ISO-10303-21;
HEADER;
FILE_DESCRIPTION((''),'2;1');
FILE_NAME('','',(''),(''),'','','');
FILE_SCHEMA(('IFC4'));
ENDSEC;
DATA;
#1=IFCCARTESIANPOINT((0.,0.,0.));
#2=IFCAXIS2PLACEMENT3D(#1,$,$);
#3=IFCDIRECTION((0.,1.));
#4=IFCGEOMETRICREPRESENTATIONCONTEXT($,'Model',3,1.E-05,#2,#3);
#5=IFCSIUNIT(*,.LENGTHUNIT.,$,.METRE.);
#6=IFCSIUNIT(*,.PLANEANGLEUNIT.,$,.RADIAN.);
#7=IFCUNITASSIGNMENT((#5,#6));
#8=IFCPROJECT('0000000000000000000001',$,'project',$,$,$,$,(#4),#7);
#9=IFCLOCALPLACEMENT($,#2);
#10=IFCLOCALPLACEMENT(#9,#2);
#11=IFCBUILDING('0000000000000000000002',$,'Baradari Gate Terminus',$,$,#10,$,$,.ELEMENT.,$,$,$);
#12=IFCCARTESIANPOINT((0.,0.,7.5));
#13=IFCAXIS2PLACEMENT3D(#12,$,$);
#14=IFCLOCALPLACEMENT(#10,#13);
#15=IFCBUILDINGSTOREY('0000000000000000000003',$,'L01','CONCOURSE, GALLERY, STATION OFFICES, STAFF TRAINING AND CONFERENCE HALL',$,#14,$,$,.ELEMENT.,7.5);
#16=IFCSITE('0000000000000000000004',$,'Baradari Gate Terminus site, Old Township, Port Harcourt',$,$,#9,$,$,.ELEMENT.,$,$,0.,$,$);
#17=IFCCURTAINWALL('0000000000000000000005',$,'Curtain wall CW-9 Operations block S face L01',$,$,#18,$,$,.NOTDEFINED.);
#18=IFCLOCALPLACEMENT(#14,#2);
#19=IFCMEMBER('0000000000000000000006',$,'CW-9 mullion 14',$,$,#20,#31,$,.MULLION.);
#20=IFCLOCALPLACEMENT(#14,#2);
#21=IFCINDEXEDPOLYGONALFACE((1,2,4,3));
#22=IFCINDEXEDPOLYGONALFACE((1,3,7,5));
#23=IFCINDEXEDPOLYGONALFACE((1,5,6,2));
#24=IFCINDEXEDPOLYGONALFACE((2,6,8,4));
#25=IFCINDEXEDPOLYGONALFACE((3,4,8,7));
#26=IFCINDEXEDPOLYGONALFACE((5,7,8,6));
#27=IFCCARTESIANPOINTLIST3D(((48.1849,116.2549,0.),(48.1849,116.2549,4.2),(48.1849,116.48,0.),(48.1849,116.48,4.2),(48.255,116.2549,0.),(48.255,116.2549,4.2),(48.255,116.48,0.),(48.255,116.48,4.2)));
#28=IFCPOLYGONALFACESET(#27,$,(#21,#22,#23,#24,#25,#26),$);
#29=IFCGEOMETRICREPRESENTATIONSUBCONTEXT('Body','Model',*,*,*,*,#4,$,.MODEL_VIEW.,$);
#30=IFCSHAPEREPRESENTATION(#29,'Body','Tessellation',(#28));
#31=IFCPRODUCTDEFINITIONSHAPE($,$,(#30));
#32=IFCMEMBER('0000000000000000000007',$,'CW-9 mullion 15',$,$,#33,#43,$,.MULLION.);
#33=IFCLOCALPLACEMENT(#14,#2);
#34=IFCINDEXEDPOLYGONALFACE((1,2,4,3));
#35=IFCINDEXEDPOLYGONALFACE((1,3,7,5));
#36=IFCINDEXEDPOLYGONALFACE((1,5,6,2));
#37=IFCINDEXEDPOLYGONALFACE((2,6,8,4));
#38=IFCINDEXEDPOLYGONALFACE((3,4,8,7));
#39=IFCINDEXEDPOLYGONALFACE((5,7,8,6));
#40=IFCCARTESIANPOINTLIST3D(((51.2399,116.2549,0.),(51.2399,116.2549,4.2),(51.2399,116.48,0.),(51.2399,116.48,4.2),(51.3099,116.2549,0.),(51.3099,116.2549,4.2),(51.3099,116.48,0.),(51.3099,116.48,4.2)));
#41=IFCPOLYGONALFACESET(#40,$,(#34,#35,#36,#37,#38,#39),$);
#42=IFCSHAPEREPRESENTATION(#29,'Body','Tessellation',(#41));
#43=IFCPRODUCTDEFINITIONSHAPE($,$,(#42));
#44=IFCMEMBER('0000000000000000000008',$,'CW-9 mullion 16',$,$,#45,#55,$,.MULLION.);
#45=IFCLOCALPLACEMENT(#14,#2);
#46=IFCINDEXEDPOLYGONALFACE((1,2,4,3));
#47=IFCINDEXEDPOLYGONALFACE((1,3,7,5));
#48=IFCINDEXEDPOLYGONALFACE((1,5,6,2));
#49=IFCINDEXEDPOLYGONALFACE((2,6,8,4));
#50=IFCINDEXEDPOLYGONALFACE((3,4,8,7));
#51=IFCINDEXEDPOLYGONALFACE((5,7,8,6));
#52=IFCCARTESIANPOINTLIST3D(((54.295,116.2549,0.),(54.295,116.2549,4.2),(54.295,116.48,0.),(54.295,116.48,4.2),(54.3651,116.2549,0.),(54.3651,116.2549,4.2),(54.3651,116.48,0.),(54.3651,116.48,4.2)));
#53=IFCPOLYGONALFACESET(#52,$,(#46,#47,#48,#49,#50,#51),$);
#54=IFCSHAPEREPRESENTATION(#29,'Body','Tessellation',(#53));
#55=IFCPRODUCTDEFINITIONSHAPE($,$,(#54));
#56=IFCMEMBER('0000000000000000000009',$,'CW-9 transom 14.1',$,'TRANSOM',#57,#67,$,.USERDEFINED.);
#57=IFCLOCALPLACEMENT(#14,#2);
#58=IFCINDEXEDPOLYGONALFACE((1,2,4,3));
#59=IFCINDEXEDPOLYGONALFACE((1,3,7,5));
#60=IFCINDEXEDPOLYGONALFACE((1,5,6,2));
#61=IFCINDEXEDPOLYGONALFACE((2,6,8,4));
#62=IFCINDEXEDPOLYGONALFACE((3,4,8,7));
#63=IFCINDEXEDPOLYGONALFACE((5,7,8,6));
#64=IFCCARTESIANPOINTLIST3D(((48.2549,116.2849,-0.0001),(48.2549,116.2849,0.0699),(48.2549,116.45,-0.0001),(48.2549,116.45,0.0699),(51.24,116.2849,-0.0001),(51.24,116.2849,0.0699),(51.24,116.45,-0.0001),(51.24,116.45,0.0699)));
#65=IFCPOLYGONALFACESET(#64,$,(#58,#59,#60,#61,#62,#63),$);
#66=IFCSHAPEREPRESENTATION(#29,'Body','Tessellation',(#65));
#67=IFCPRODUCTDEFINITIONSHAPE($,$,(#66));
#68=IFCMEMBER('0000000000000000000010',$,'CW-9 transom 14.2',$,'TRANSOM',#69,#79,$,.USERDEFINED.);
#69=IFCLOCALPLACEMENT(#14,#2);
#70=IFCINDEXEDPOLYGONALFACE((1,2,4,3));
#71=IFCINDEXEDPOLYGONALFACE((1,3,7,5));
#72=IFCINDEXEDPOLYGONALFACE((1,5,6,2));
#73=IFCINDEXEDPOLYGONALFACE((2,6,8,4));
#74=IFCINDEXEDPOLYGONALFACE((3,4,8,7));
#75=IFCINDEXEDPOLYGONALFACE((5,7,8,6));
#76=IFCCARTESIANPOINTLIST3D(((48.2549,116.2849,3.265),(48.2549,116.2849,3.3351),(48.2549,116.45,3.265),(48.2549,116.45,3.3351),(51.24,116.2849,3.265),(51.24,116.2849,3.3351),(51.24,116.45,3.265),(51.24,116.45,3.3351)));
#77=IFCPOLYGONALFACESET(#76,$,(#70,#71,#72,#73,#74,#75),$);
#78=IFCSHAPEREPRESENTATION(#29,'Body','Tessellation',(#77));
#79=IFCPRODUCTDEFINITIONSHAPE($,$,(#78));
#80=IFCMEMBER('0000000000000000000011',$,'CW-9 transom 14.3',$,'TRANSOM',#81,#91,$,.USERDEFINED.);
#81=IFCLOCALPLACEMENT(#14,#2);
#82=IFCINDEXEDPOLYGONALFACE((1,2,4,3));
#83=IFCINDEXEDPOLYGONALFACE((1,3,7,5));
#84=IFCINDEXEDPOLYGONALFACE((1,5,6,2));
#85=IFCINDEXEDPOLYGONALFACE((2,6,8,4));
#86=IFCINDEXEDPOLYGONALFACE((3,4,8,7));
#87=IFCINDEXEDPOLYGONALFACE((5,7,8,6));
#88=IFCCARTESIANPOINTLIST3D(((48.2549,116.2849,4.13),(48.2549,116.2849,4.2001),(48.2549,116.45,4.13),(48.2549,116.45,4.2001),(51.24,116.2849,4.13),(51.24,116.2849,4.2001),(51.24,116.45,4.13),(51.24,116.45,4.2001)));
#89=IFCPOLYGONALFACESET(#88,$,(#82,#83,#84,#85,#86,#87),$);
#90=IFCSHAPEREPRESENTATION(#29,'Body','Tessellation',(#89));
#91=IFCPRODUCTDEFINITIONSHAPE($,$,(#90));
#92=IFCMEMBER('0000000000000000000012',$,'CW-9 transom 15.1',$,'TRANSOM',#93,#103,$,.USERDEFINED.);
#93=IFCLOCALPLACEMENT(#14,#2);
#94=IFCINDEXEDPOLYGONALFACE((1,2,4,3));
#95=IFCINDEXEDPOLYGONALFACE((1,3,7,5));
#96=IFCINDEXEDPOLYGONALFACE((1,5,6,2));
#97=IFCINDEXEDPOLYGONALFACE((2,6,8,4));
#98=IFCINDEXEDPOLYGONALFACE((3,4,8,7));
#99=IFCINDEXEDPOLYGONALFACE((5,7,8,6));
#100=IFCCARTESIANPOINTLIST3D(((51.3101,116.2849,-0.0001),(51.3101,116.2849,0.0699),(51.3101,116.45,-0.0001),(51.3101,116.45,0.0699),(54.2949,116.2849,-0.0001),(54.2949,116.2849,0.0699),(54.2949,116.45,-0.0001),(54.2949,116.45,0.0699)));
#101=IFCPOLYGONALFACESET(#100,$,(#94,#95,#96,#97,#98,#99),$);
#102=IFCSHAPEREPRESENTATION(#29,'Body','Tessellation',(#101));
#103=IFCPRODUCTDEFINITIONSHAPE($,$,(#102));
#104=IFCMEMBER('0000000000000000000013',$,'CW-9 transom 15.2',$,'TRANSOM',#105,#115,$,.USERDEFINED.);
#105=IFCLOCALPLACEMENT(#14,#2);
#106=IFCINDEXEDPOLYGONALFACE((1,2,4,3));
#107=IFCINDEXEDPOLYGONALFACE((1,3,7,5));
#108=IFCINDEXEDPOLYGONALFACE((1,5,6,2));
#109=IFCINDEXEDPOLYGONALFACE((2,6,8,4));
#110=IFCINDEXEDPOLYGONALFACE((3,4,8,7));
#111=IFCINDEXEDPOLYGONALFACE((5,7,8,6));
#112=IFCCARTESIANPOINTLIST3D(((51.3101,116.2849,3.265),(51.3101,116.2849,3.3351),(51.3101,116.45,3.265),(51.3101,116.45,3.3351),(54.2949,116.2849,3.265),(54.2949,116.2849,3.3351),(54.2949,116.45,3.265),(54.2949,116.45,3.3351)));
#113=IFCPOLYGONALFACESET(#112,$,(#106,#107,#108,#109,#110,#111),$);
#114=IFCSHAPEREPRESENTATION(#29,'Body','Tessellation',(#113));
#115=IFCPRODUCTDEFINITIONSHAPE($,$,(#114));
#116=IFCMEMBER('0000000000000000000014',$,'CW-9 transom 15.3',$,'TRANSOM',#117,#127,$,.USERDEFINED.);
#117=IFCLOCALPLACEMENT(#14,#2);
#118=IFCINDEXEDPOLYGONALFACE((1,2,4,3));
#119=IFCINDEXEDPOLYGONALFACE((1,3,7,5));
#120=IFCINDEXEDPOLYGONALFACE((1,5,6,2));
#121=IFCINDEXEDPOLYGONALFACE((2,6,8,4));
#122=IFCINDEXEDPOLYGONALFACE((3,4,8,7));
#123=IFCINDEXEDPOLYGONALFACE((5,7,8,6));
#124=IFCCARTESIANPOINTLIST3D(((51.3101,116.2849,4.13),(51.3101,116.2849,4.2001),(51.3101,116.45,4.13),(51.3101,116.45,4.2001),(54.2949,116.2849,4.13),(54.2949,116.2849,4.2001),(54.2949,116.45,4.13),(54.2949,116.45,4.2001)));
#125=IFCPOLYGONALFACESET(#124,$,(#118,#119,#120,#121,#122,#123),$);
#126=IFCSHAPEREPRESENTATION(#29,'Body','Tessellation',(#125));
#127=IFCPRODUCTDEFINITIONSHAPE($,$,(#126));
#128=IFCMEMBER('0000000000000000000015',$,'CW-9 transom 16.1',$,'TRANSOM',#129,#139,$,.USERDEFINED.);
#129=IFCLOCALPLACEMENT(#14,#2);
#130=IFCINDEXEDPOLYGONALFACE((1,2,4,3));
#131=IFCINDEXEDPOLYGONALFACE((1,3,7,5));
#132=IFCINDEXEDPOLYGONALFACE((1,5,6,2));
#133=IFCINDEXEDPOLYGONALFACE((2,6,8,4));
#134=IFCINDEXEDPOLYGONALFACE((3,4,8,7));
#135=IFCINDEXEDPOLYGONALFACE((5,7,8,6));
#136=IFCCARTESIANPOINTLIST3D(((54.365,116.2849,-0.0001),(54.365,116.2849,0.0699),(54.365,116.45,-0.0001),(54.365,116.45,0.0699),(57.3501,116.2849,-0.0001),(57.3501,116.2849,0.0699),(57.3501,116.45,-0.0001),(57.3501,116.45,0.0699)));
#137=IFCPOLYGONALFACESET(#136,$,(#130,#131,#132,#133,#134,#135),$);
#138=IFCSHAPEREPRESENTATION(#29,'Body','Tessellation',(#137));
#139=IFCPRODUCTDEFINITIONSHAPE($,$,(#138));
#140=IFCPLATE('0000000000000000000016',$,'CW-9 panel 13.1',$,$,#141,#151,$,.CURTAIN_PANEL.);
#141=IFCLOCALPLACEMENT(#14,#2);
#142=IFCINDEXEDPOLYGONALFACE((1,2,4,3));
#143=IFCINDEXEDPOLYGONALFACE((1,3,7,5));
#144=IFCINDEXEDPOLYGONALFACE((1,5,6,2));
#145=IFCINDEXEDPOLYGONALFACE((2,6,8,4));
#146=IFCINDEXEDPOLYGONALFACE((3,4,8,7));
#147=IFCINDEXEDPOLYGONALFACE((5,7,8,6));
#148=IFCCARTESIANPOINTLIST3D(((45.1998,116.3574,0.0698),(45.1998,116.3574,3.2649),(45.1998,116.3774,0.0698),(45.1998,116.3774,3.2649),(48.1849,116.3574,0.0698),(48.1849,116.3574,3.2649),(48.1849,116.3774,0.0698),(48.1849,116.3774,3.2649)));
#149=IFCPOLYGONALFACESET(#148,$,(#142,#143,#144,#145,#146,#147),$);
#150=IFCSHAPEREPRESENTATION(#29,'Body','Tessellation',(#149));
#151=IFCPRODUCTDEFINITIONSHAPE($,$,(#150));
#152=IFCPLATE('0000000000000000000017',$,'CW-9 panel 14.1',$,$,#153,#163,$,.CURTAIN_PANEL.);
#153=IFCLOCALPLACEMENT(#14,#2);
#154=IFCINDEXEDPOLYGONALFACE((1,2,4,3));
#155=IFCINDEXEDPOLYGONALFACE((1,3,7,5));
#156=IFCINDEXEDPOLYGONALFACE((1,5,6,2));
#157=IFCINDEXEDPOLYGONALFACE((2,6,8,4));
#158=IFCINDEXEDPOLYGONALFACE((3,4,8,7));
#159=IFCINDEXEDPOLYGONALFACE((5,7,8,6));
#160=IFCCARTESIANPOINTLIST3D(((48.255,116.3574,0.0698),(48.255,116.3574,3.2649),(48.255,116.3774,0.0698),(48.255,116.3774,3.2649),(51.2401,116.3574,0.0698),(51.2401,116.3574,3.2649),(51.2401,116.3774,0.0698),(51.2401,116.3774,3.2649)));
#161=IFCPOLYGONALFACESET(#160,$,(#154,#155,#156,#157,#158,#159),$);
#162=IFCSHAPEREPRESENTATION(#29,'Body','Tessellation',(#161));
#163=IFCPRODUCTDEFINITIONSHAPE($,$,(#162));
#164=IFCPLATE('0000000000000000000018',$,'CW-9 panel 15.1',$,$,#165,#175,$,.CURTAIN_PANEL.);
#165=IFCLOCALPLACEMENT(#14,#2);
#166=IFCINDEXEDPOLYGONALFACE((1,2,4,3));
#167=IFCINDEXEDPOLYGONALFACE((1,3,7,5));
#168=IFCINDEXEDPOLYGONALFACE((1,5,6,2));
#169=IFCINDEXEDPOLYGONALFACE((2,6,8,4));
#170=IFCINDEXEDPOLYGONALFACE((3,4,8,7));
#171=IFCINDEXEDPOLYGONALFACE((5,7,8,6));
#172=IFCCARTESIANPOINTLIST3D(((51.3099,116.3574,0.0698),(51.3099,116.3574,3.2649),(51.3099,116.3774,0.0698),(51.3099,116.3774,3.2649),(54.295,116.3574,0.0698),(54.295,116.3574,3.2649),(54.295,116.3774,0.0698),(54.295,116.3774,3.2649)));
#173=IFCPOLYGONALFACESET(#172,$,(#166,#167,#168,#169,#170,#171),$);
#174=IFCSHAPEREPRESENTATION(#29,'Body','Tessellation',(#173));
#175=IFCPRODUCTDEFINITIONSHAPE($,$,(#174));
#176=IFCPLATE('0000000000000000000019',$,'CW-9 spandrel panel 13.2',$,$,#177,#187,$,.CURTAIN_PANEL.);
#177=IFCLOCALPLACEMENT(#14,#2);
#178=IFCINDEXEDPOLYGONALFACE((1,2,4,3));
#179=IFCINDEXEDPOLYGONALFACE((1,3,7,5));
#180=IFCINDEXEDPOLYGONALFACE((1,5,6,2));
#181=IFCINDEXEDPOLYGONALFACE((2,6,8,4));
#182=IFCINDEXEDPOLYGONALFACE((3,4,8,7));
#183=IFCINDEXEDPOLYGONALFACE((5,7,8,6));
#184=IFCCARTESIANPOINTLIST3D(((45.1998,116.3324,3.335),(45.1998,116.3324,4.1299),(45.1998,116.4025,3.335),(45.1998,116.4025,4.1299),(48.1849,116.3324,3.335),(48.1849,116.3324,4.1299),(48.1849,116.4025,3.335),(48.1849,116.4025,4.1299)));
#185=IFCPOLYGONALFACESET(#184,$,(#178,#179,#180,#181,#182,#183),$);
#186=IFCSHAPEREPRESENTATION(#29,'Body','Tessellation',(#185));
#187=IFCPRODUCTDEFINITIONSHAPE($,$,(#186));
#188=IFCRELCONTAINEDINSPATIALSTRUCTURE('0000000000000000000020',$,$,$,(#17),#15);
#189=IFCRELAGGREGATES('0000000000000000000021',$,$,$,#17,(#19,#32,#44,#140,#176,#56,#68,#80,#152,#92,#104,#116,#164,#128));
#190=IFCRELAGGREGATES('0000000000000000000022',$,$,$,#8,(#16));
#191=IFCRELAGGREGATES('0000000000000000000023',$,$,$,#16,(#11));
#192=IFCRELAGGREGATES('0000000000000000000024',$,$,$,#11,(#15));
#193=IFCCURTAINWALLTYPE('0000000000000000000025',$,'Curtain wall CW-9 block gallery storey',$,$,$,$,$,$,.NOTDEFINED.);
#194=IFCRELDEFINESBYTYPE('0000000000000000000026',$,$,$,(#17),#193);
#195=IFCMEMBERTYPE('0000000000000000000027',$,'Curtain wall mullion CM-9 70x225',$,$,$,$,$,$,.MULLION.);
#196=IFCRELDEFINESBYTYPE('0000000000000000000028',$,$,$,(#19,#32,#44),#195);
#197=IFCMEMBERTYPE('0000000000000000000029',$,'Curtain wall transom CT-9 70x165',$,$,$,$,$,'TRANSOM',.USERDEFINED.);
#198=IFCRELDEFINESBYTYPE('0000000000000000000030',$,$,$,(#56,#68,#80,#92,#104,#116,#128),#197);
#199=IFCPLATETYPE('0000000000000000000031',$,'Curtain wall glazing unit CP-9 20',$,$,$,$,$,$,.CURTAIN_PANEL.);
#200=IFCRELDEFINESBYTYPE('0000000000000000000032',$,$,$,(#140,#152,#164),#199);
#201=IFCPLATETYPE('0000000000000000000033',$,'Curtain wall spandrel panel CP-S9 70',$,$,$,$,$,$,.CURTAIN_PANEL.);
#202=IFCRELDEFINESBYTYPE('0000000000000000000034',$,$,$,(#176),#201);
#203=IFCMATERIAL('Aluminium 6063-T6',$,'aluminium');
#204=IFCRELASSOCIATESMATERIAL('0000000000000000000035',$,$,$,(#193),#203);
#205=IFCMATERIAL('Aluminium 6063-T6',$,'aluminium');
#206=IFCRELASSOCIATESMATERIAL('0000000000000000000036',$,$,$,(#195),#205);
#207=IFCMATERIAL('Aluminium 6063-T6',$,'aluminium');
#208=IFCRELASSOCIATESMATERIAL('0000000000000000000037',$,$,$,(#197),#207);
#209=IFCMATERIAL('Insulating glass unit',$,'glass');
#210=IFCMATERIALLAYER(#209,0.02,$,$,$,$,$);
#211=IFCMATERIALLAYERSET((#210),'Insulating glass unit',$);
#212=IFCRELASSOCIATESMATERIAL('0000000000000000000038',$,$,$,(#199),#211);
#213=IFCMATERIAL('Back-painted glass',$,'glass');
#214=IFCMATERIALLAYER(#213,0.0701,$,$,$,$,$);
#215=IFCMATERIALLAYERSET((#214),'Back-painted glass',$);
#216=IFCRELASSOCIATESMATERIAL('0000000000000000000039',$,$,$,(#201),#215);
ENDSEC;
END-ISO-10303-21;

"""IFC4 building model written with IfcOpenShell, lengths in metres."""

from ifc_helpers import new_model, si_unit, direction, frame, origin, origin_2d, place, context, subcontext, project, spatial, rectangle, extrude, material, layer, layer_set, material_profile, profile_set, type_object, element, aggregate, save


model = new_model("IFC4")

# Units and contexts
model_context = context("Model", 3, precision=1e-05, world=origin(), true_north=direction((0.0, 1.0)))
body_context = subcontext(model_context, "Body", "Model", "MODEL_VIEW")
ifc_project = project(units=[si_unit("LENGTHUNIT", "METRE"), si_unit("PLANEANGLEUNIT", "RADIAN")], contexts=[model_context])

# Site, building, storey
site_placement = place(None, origin())
site = spatial("IfcSite", under=ifc_project, at=site_placement, Name="Baradari Gate Terminus site, Old Township, Port Harcourt", CompositionType="ELEMENT", RefElevation=0.0)
building_placement = place(site_placement, origin())
building = spatial("IfcBuilding", under=site, at=building_placement, Name="Baradari Gate Terminus", CompositionType="ELEMENT")
storey_placement = place(building_placement, frame((0.0, 0.0, 7.5)))
storey = spatial("IfcBuildingStorey", under=building, at=storey_placement, Name="L01", Description="CONCOURSE, GALLERY, STATION OFFICES, STAFF TRAINING AND CONFERENCE HALL", CompositionType="ELEMENT", Elevation=7.5)

# Curtain wall, members, plates
ifc_material_1 = material(Name="Aluminium 6063-T6", Category="aluminium")
curtain_wall_type = type_object("IfcCurtainWallType", Name="Curtain wall CW-9 block gallery storey", PredefinedType="NOTDEFINED", material=ifc_material_1)
curtain_wall_placement = place(storey_placement, origin())
curtain_wall = element("IfcCurtainWall", 1, at=curtain_wall_placement, inside=storey, type_object=curtain_wall_type, Name="Curtain wall CW-9 Operations block S face L01", PredefinedType="NOTDEFINED")
ifc_material_2 = material(Name="Aluminium 6063-T6", Category="aluminium")
ifc_material_profile_1 = material_profile(ifc_material_2, rectangle(XDim=0.2251, YDim=0.0701, at=origin_2d()), Name="CM-9 70X225")
ifc_profile_set_1 = profile_set([ifc_material_profile_1], Name="Aluminium 6063-T6")
member_type_1 = type_object("IfcMemberType", Name="Curtain wall mullion CM-9 70x225", PredefinedType="MULLION", material=ifc_profile_set_1)
member_1_placement = place(storey_placement, frame((48.22, 116.3674, 0.0), z_axis=(0.0, 0.0, 1.0), x_axis=(0.0, 1.0, 0.0)))
member_1 = element("IfcMember", 2, at=member_1_placement, type_object=member_type_1, Name="CW-9 mullion 14", PredefinedType="MULLION", context=body_context, shape_type="SweptSolid", body=[
    extrude(rectangle(XDim=0.2251, YDim=0.0701, at=origin_2d()), origin(), (0.0, 0.0, 1.0), 4.2),
])
member_2_placement = place(storey_placement, frame((51.2749, 116.3674, 0.0), z_axis=(0.0, 0.0, 1.0), x_axis=(0.0, 1.0, 0.0)))
member_2 = element("IfcMember", 3, at=member_2_placement, type_object=member_type_1, Name="CW-9 mullion 15", PredefinedType="MULLION", context=body_context, shape_type="SweptSolid", body=[
    extrude(rectangle(XDim=0.2251, YDim=0.0701, at=origin_2d()), origin(), (0.0, 0.0, 1.0), 4.2),
])
member_3_placement = place(storey_placement, frame((54.3301, 116.3674, 0.0), z_axis=(0.0, 0.0, 1.0), x_axis=(0.0, 1.0, 0.0)))
member_3 = element("IfcMember", 4, at=member_3_placement, type_object=member_type_1, Name="CW-9 mullion 16", PredefinedType="MULLION", context=body_context, shape_type="SweptSolid", body=[
    extrude(rectangle(XDim=0.2251, YDim=0.0701, at=origin_2d()), origin(), (0.0, 0.0, 1.0), 4.2),
])
ifc_material_3 = material(Name="Aluminium 6063-T6", Category="aluminium")
ifc_material_profile_2 = material_profile(ifc_material_3, rectangle(XDim=0.165, YDim=0.0701, at=origin_2d()), Name="CT-9 70X165")
ifc_profile_set_2 = profile_set([ifc_material_profile_2], Name="Aluminium 6063-T6")
member_type_2 = type_object("IfcMemberType", Name="Curtain wall transom CT-9 70x165", ElementType="TRANSOM", PredefinedType="USERDEFINED", material=ifc_profile_set_2)
member_4_placement = place(storey_placement, frame((48.2549, 116.3674, 0.0349), z_axis=(1.0, 0.0, 0.0), x_axis=(0.0, 1.0, 0.0)))
member_4 = element("IfcMember", 5, at=member_4_placement, type_object=member_type_2, Name="CW-9 transom 14.1", ObjectType="TRANSOM", PredefinedType="USERDEFINED", context=body_context, shape_type="SweptSolid", body=[
    extrude(rectangle(XDim=0.165, YDim=0.0701, at=origin_2d()), origin(), (0.0, 0.0, 1.0), 2.9851),
])
member_5_placement = place(storey_placement, frame((48.2549, 116.3674, 3.3), z_axis=(1.0, 0.0, 0.0), x_axis=(0.0, 1.0, 0.0)))
member_5 = element("IfcMember", 6, at=member_5_placement, type_object=member_type_2, Name="CW-9 transom 14.2", ObjectType="TRANSOM", PredefinedType="USERDEFINED", context=body_context, shape_type="SweptSolid", body=[
    extrude(rectangle(XDim=0.165, YDim=0.0701, at=origin_2d()), origin(), (0.0, 0.0, 1.0), 2.9851),
])
member_6_placement = place(storey_placement, frame((48.2549, 116.3674, 4.165), z_axis=(1.0, 0.0, 0.0), x_axis=(0.0, 1.0, 0.0)))
member_6 = element("IfcMember", 7, at=member_6_placement, type_object=member_type_2, Name="CW-9 transom 14.3", ObjectType="TRANSOM", PredefinedType="USERDEFINED", context=body_context, shape_type="SweptSolid", body=[
    extrude(rectangle(XDim=0.165, YDim=0.0701, at=origin_2d()), origin(), (0.0, 0.0, 1.0), 2.9851),
])
member_7_placement = place(storey_placement, frame((51.3101, 116.3674, 0.0349), z_axis=(1.0, 0.0, 0.0), x_axis=(0.0, 1.0, 0.0)))
member_7 = element("IfcMember", 8, at=member_7_placement, type_object=member_type_2, Name="CW-9 transom 15.1", ObjectType="TRANSOM", PredefinedType="USERDEFINED", context=body_context, shape_type="SweptSolid", body=[
    extrude(rectangle(XDim=0.165, YDim=0.0701, at=origin_2d()), origin(), (0.0, 0.0, 1.0), 2.9849),
])
member_8_placement = place(storey_placement, frame((51.3101, 116.3674, 3.3), z_axis=(1.0, 0.0, 0.0), x_axis=(0.0, 1.0, 0.0)))
member_8 = element("IfcMember", 9, at=member_8_placement, type_object=member_type_2, Name="CW-9 transom 15.2", ObjectType="TRANSOM", PredefinedType="USERDEFINED", context=body_context, shape_type="SweptSolid", body=[
    extrude(rectangle(XDim=0.165, YDim=0.0701, at=origin_2d()), origin(), (0.0, 0.0, 1.0), 2.9849),
])
member_9_placement = place(storey_placement, frame((51.3101, 116.3674, 4.165), z_axis=(1.0, 0.0, 0.0), x_axis=(0.0, 1.0, 0.0)))
member_9 = element("IfcMember", 10, at=member_9_placement, type_object=member_type_2, Name="CW-9 transom 15.3", ObjectType="TRANSOM", PredefinedType="USERDEFINED", context=body_context, shape_type="SweptSolid", body=[
    extrude(rectangle(XDim=0.165, YDim=0.0701, at=origin_2d()), origin(), (0.0, 0.0, 1.0), 2.9849),
])
member_10_placement = place(storey_placement, frame((54.365, 116.3674, 0.0349), z_axis=(1.0, 0.0, 0.0), x_axis=(0.0, 1.0, 0.0)))
member_10 = element("IfcMember", 11, at=member_10_placement, type_object=member_type_2, Name="CW-9 transom 16.1", ObjectType="TRANSOM", PredefinedType="USERDEFINED", context=body_context, shape_type="SweptSolid", body=[
    extrude(rectangle(XDim=0.165, YDim=0.0701, at=origin_2d()), origin(), (0.0, 0.0, 1.0), 2.9851),
])
ifc_material_4 = material(Name="Insulating glass unit", Category="glass")
ifc_layer_1 = layer(ifc_material_4, 0.02)
ifc_layer_set_1 = layer_set([ifc_layer_1], Name="Insulating glass unit")
plate_type_1 = type_object("IfcPlateType", Name="Curtain wall glazing unit CP-9 20", PredefinedType="CURTAIN_PANEL", material=ifc_layer_set_1)
plate_1_placement = place(storey_placement, frame((46.6924, 116.3674, 0.0698), z_axis=(0.0, 0.0, 1.0), x_axis=(1.0, 0.0, 0.0)))
plate_1 = element("IfcPlate", 12, at=plate_1_placement, type_object=plate_type_1, Name="CW-9 panel 13.1", PredefinedType="CURTAIN_PANEL", context=body_context, shape_type="SweptSolid", body=[
    extrude(rectangle(XDim=2.9851, YDim=0.02, at=origin_2d()), origin(), (0.0, 0.0, 1.0), 3.1951),
])
plate_2_placement = place(storey_placement, frame((49.7476, 116.3674, 0.0698), z_axis=(0.0, 0.0, 1.0), x_axis=(1.0, 0.0, 0.0)))
plate_2 = element("IfcPlate", 13, at=plate_2_placement, type_object=plate_type_1, Name="CW-9 panel 14.1", PredefinedType="CURTAIN_PANEL", context=body_context, shape_type="SweptSolid", body=[
    extrude(rectangle(XDim=2.9851, YDim=0.02, at=origin_2d()), origin(), (0.0, 0.0, 1.0), 3.1951),
])
plate_3_placement = place(storey_placement, frame((52.8025, 116.3674, 0.0698), z_axis=(0.0, 0.0, 1.0), x_axis=(1.0, 0.0, 0.0)))
plate_3 = element("IfcPlate", 14, at=plate_3_placement, type_object=plate_type_1, Name="CW-9 panel 15.1", PredefinedType="CURTAIN_PANEL", context=body_context, shape_type="SweptSolid", body=[
    extrude(rectangle(XDim=2.9851, YDim=0.02, at=origin_2d()), origin(), (0.0, 0.0, 1.0), 3.1951),
])
ifc_material_5 = material(Name="Back-painted glass", Category="glass")
ifc_layer_2 = layer(ifc_material_5, 0.0701)
ifc_layer_set_2 = layer_set([ifc_layer_2], Name="Back-painted glass")
plate_type_2 = type_object("IfcPlateType", Name="Curtain wall spandrel panel CP-S9 70", PredefinedType="CURTAIN_PANEL", material=ifc_layer_set_2)
plate_4_placement = place(storey_placement, frame((46.6924, 116.3674, 3.335), z_axis=(0.0, 0.0, 1.0), x_axis=(1.0, 0.0, 0.0)))
plate_4 = element("IfcPlate", 15, at=plate_4_placement, type_object=plate_type_2, Name="CW-9 spandrel panel 13.2", PredefinedType="CURTAIN_PANEL", context=body_context, shape_type="SweptSolid", body=[
    extrude(rectangle(XDim=2.9851, YDim=0.0701, at=origin_2d()), origin(), (0.0, 0.0, 1.0), 0.7949),
])
aggregate(curtain_wall, [member_1, member_2, member_3, plate_1, plate_4, member_4, member_5, member_6, plate_2, member_7, member_8, member_9, plate_3, member_10])

save(model, "model.ifc")
